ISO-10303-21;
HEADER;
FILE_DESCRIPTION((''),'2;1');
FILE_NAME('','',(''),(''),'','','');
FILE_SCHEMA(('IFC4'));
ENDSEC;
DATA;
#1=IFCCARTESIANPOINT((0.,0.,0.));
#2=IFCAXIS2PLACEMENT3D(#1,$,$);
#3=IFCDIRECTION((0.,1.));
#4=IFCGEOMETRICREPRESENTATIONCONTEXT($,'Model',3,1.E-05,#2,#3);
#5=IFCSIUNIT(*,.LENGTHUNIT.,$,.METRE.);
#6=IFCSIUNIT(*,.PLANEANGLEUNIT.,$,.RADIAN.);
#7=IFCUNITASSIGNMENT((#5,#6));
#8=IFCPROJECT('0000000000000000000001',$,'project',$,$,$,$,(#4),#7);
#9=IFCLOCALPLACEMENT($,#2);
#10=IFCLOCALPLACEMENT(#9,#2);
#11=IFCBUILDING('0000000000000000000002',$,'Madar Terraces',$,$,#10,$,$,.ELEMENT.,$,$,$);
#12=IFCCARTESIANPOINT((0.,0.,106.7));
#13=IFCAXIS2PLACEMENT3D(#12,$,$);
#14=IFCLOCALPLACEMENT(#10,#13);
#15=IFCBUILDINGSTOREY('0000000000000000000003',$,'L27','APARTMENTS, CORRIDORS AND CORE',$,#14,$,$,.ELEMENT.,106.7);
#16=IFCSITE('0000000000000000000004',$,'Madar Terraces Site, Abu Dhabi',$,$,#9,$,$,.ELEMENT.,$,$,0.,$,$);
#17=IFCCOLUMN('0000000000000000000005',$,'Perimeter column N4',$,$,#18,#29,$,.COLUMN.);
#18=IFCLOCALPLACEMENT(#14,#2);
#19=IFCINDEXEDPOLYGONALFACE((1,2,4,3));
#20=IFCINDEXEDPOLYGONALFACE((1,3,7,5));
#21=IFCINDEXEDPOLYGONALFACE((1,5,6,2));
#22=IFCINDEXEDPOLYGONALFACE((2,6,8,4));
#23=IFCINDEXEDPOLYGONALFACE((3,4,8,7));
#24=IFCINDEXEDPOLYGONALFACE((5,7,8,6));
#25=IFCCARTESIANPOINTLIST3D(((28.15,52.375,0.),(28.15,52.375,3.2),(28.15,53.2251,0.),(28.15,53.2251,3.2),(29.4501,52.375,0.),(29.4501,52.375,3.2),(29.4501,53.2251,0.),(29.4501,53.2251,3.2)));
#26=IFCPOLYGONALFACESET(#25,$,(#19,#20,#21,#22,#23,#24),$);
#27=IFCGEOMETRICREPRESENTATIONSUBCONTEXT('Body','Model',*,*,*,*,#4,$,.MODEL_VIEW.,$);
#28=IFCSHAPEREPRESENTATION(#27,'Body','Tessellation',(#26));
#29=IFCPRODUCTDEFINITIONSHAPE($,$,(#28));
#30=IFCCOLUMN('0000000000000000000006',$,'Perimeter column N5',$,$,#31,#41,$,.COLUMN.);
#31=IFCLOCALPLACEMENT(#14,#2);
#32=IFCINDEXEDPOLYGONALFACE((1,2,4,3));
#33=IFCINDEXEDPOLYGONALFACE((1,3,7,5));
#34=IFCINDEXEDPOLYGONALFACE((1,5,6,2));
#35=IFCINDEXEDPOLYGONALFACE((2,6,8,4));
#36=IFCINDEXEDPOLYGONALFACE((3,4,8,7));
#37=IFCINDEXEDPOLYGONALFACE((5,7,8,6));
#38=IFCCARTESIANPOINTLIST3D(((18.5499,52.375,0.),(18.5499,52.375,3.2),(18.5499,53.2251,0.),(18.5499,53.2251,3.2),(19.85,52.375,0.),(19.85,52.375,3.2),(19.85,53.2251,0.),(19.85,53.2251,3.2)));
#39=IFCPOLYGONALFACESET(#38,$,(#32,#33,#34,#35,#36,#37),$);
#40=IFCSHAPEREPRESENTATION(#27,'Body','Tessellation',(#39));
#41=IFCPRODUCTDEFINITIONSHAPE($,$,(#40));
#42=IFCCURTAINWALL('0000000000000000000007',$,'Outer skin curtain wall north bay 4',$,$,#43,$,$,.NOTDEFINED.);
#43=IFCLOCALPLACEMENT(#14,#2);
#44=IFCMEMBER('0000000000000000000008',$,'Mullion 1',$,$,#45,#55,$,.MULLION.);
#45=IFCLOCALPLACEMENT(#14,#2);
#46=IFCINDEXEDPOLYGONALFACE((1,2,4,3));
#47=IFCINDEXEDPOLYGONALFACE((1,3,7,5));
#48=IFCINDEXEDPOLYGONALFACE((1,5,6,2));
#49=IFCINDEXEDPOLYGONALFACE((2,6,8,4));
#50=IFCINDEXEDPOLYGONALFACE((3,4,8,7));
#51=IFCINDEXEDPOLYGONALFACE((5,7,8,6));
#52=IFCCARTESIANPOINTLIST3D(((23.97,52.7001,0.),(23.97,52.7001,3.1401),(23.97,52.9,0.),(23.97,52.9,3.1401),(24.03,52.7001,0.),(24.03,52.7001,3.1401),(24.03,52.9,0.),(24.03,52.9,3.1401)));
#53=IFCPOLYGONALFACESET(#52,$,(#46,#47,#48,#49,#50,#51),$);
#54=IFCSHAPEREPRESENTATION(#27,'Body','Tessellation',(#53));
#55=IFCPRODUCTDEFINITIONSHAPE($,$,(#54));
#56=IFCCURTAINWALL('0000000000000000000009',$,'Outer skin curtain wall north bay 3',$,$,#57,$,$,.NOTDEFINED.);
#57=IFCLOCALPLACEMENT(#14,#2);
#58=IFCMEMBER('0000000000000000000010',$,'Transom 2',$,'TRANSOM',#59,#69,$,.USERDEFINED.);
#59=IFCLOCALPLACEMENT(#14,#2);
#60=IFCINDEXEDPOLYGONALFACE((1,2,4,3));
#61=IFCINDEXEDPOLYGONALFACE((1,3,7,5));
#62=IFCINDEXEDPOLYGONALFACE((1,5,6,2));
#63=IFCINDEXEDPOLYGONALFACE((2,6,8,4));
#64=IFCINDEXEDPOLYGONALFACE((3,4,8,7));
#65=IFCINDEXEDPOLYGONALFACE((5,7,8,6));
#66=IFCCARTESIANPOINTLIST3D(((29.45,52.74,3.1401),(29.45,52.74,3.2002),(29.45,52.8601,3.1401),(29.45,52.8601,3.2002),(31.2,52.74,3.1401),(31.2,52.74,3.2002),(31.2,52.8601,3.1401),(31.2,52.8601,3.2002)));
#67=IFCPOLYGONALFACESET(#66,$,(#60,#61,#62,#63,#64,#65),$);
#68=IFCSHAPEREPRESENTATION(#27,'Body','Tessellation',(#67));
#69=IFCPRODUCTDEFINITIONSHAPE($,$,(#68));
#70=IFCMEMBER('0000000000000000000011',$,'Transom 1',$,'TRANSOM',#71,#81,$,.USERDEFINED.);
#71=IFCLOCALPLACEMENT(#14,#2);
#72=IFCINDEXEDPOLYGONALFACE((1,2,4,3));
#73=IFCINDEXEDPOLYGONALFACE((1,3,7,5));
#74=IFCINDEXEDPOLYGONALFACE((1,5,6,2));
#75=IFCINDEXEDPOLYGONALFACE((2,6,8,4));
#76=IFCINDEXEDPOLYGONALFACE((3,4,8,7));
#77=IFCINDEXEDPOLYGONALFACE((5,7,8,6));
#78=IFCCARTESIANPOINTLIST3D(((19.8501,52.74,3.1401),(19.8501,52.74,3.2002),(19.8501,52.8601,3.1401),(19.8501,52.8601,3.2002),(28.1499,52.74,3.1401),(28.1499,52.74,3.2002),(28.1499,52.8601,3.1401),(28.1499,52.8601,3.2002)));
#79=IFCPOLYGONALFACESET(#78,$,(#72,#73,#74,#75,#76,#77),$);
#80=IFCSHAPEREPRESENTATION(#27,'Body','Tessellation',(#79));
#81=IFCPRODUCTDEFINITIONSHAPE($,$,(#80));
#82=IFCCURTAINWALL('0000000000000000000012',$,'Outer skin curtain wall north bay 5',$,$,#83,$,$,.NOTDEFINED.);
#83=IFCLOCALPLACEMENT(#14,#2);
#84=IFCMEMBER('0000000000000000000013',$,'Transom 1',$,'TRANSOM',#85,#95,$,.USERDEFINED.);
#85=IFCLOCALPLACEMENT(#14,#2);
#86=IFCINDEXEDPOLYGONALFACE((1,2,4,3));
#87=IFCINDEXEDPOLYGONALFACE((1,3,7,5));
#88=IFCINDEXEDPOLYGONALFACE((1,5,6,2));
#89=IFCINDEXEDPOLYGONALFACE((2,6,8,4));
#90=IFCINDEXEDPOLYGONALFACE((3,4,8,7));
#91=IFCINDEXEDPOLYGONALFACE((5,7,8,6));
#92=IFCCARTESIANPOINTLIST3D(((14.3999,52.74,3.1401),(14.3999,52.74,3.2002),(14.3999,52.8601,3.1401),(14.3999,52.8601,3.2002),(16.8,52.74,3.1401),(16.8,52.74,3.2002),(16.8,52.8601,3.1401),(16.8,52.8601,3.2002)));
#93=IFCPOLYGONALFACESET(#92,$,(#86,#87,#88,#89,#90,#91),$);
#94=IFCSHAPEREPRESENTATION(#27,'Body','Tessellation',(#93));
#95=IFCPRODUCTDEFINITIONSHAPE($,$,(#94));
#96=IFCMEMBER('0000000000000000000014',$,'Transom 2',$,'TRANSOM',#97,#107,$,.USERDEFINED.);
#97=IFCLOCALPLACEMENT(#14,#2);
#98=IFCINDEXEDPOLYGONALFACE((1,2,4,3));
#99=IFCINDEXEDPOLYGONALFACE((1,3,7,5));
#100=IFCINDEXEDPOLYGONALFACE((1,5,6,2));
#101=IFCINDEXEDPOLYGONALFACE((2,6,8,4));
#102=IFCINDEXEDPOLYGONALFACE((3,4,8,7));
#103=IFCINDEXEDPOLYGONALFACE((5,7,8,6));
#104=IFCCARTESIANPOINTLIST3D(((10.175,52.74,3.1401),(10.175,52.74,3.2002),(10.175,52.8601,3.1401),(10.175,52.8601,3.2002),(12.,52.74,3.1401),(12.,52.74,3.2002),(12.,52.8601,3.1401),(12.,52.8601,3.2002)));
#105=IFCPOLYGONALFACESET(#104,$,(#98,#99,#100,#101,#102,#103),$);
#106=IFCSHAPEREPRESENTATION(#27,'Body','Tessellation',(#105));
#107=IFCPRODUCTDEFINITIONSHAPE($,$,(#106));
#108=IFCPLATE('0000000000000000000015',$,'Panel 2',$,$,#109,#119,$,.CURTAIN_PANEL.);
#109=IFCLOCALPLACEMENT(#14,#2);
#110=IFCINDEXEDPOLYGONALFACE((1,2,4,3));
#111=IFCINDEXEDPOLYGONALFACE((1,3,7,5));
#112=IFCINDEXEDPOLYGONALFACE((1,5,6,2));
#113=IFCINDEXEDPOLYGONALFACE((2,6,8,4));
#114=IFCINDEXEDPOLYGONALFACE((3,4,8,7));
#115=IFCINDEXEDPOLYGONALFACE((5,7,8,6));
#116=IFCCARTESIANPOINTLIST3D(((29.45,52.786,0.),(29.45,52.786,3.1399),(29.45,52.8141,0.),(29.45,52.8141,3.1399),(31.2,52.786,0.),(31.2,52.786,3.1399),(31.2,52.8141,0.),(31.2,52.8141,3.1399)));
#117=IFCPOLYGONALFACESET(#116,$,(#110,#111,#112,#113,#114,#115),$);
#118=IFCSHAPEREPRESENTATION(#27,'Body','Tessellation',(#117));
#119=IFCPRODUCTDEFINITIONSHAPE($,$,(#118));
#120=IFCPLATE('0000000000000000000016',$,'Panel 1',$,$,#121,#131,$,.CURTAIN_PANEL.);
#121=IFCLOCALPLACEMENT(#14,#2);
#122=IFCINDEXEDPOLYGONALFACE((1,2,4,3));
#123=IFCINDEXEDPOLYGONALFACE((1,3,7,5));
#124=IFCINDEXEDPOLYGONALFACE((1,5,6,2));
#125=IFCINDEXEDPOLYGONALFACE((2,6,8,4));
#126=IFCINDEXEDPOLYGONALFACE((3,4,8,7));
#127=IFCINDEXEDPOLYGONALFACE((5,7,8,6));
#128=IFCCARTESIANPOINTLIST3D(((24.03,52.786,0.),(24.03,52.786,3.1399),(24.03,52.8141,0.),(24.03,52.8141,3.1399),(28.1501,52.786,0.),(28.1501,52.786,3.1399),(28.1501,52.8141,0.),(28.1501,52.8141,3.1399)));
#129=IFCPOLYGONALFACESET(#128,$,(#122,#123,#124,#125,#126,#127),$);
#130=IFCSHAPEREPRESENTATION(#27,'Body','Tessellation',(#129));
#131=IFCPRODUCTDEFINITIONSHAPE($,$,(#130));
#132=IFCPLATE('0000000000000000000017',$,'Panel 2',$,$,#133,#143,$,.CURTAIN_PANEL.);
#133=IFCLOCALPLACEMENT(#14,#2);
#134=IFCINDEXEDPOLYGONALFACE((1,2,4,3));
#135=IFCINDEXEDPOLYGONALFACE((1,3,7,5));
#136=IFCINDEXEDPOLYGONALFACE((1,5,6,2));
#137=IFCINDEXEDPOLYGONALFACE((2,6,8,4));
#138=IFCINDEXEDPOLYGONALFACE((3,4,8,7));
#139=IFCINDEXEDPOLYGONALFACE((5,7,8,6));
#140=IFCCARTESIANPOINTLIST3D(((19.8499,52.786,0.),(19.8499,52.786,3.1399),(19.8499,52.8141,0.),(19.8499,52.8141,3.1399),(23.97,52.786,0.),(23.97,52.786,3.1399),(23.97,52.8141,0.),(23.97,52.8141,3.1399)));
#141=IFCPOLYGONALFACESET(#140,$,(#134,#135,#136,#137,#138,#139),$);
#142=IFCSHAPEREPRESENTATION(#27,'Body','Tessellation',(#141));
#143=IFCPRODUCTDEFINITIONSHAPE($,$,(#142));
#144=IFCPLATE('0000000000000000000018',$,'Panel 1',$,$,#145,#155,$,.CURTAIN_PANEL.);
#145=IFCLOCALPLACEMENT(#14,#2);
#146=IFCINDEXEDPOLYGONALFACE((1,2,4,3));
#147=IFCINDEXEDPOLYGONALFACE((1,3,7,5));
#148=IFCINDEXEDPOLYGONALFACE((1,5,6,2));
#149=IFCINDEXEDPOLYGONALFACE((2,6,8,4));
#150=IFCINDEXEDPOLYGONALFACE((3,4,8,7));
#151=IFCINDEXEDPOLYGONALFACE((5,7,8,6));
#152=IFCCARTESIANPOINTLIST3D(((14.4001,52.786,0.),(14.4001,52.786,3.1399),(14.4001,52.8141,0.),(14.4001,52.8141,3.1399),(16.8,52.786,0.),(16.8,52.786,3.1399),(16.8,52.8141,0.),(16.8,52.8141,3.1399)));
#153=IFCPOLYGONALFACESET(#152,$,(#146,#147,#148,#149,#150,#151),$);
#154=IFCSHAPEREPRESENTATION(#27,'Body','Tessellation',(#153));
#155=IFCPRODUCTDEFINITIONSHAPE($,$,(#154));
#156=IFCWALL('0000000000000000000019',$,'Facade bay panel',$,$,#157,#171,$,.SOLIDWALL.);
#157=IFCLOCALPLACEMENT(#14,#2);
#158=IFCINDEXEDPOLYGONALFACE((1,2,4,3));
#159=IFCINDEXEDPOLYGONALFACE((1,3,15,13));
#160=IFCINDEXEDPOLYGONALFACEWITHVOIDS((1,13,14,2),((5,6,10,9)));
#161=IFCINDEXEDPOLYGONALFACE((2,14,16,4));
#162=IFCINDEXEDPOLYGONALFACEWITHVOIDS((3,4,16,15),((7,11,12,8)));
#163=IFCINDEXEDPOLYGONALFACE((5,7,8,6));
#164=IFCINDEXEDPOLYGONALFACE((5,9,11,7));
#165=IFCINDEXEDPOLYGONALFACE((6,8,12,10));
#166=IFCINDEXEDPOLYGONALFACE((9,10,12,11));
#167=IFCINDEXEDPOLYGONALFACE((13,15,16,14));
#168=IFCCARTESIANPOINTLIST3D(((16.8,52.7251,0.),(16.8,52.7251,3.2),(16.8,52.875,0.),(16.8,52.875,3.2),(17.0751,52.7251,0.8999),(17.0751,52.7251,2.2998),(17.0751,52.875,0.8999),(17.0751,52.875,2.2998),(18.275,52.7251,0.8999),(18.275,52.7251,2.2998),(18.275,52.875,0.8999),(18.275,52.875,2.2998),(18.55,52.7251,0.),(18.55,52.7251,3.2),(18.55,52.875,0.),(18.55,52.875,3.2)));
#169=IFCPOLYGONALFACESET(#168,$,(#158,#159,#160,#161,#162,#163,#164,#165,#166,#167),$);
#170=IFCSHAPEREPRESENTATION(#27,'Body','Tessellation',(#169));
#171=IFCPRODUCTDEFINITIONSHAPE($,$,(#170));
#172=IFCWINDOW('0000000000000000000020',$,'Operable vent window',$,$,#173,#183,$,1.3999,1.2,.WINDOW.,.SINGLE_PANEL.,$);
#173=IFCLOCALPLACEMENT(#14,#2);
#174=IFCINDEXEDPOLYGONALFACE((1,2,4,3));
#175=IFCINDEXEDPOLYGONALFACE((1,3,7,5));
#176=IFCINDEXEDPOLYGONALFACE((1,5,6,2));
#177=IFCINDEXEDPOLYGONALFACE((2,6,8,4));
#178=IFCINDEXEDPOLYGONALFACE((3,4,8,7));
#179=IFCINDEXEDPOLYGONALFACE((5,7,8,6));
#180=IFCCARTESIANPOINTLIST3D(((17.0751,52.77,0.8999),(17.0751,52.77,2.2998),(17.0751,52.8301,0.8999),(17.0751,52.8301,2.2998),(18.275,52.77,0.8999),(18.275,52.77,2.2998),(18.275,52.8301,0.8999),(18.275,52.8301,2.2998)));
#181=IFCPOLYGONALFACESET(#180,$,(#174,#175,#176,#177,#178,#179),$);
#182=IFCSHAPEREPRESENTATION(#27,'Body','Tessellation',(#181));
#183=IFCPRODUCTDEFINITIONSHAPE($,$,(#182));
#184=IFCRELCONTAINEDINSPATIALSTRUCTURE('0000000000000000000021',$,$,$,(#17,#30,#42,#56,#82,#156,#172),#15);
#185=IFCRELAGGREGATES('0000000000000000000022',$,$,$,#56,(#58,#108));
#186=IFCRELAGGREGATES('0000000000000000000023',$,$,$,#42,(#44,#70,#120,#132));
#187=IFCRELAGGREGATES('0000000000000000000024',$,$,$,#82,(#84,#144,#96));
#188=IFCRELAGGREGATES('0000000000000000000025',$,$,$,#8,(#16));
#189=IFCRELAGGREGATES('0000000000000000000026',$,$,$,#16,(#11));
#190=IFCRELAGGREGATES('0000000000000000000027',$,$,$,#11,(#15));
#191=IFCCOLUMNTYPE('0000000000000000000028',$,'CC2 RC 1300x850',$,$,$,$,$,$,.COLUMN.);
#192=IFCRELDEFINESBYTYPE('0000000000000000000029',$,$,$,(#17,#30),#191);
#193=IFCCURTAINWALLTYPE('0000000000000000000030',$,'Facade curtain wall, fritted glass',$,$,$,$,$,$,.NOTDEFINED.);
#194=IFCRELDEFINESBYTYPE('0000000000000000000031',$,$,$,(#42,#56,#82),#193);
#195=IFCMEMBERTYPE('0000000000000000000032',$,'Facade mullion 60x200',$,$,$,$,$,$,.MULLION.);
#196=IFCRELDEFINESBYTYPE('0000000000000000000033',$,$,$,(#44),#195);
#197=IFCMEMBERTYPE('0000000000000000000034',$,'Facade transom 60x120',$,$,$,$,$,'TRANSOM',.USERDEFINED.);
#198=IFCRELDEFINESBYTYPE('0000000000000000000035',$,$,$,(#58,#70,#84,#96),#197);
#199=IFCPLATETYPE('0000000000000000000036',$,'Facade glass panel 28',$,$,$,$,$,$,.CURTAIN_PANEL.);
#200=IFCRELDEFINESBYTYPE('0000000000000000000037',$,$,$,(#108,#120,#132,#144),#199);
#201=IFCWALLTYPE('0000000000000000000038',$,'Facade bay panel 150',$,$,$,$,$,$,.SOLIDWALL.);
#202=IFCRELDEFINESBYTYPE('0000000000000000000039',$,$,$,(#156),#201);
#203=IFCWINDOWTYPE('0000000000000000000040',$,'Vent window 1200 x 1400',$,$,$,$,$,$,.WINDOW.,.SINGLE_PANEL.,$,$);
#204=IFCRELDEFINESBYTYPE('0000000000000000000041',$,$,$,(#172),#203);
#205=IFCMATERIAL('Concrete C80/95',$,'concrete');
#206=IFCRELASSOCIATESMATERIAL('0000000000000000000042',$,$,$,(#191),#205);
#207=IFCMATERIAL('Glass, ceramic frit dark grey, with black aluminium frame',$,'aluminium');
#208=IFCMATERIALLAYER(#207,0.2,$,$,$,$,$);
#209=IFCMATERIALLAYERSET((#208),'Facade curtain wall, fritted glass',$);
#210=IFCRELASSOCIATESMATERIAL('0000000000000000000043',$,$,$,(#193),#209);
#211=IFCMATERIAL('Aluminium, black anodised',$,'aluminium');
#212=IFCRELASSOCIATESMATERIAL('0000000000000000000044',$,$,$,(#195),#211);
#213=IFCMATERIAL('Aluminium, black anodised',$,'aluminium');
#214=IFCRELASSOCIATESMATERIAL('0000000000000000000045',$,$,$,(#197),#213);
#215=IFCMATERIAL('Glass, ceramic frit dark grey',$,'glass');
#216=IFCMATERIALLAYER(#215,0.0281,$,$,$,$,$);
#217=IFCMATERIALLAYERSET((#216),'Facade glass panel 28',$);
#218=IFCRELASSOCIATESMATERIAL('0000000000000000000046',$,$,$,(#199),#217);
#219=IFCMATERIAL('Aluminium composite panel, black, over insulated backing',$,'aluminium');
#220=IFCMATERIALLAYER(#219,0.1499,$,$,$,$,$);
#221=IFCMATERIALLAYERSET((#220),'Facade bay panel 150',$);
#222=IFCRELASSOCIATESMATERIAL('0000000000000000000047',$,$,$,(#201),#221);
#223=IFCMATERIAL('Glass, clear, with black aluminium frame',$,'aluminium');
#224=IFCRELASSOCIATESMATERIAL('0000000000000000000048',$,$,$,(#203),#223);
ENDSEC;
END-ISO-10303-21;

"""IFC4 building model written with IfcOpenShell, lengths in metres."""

from ifc_helpers import new_model, si_unit, direction, frame, frame_2d, origin, origin_2d, place, context, subcontext, project, spatial, rectangle, extrude, material, layer, layer_set, material_profile, profile_set, type_object, element, fill, aggregate, save


model = new_model("IFC4")

# Units and contexts
model_context = context("Model", 3, precision=1e-05, world=origin(), true_north=direction((0.0, 1.0)))
body_context = subcontext(model_context, "Body", "Model", "MODEL_VIEW")
ifc_project = project(units=[si_unit("LENGTHUNIT", "METRE"), si_unit("PLANEANGLEUNIT", "RADIAN")], contexts=[model_context])

# Site, building, storey
site_placement = place(None, origin())
site = spatial("IfcSite", under=ifc_project, at=site_placement, Name="Madar Terraces Site, Abu Dhabi", CompositionType="ELEMENT", RefElevation=0.0)
building_placement = place(site_placement, origin())
building = spatial("IfcBuilding", under=site, at=building_placement, Name="Madar Terraces", CompositionType="ELEMENT")
storey_placement = place(building_placement, frame((0.0, 0.0, 106.7)))
storey = spatial("IfcBuildingStorey", under=building, at=storey_placement, Name="L27", Description="APARTMENTS, CORRIDORS AND CORE", CompositionType="ELEMENT", Elevation=106.7)

# Columns
ifc_material_1 = material(Name="Concrete C80/95", Category="concrete")
ifc_material_profile_1 = material_profile(ifc_material_1, rectangle(XDim=1.3, YDim=0.8501, at=origin_2d()), Name="CC2 RC 1300x850")
ifc_profile_set_1 = profile_set([ifc_material_profile_1], Name="Concrete C80/95")
column_type = type_object("IfcColumnType", Name="CC2 RC 1300x850", PredefinedType="COLUMN", material=ifc_profile_set_1)
for number, where, z_axis, x_axis, name in (
    (1, (28.8, 52.8, 0.0), (0.0, 0.0, 1.0), (1.0, 0.0, 0.0), "Perimeter column N4"),
    (2, (19.2, 52.8, 0.0), (0.0, 0.0, 1.0), (1.0, 0.0, 0.0), "Perimeter column N5"),
):
    element("IfcColumn", number, at=place(storey_placement, frame(where, z_axis=z_axis, x_axis=x_axis)), inside=storey, type_object=column_type, Name=name, PredefinedType="COLUMN", context=body_context, shape_type="SweptSolid", body=[
        extrude(rectangle(XDim=1.3, YDim=0.8501, at=origin_2d()), origin(), (0.0, 0.0, 1.0), 3.2),
    ])

# Curtain walls, members
ifc_material_2 = material(Name="Glass, ceramic frit dark grey, with black aluminium frame", Category="aluminium")
ifc_layer_1 = layer(ifc_material_2, 0.2)
ifc_layer_set_1 = layer_set([ifc_layer_1], Name="Facade curtain wall, fritted glass")
curtain_wall_type = type_object("IfcCurtainWallType", Name="Facade curtain wall, fritted glass", PredefinedType="NOTDEFINED", material=ifc_layer_set_1)
curtain_wall_1_placement = place(storey_placement, origin())
curtain_wall_1 = element("IfcCurtainWall", 3, at=curtain_wall_1_placement, inside=storey, type_object=curtain_wall_type, Name="Outer skin curtain wall north bay 4", PredefinedType="NOTDEFINED")
ifc_material_3 = material(Name="Aluminium, black anodised", Category="aluminium")
ifc_material_profile_2 = material_profile(ifc_material_3, rectangle(XDim=0.2, YDim=0.0601, at=origin_2d()), Name="Facade mullion 60x200")
ifc_profile_set_2 = profile_set([ifc_material_profile_2], Name="Aluminium, black anodised")
member_type_1 = type_object("IfcMemberType", Name="Facade mullion 60x200", PredefinedType="MULLION", material=ifc_profile_set_2)
member_1_placement = place(storey_placement, frame((24.0, 52.8, 0.0), z_axis=(0.0, 0.0, 1.0), x_axis=(0.0, -1.0, 0.0)))
member_1 = element("IfcMember", 4, at=member_1_placement, type_object=member_type_1, Name="Mullion 1", PredefinedType="MULLION", context=body_context, shape_type="SweptSolid", body=[
    extrude(rectangle(XDim=0.2, YDim=0.0601, at=origin_2d()), origin(), (0.0, 0.0, 1.0), 3.1401),
])
curtain_wall_2_placement = place(storey_placement, origin())
curtain_wall_2 = element("IfcCurtainWall", 5, at=curtain_wall_2_placement, inside=storey, type_object=curtain_wall_type, Name="Outer skin curtain wall north bay 3", PredefinedType="NOTDEFINED")
ifc_material_4 = material(Name="Aluminium, black anodised", Category="aluminium")
ifc_material_profile_3 = material_profile(ifc_material_4, rectangle(XDim=0.1201, YDim=0.0601, at=origin_2d()), Name="Facade transom 60x120")
ifc_profile_set_3 = profile_set([ifc_material_profile_3], Name="Aluminium, black anodised")
member_type_2 = type_object("IfcMemberType", Name="Facade transom 60x120", ElementType="TRANSOM", PredefinedType="USERDEFINED", material=ifc_profile_set_3)
member_2_placement = place(storey_placement, frame((31.2, 52.8, 3.1702), z_axis=(-1.0, 0.0, 0.0), x_axis=(0.0, -1.0, 0.0)))
member_2 = element("IfcMember", 6, at=member_2_placement, type_object=member_type_2, Name="Transom 2", ObjectType="TRANSOM", PredefinedType="USERDEFINED", context=body_context, shape_type="SweptSolid", body=[
    extrude(rectangle(XDim=0.1201, YDim=0.0601, at=origin_2d()), origin(), (0.0, 0.0, 1.0), 1.75),
])

# Member
member_3_placement = place(storey_placement, frame((28.1499, 52.8, 3.1702), z_axis=(-1.0, 0.0, 0.0), x_axis=(0.0, -1.0, 0.0)))
member_3 = element("IfcMember", 7, at=member_3_placement, type_object=member_type_2, Name="Transom 1", ObjectType="TRANSOM", PredefinedType="USERDEFINED", context=body_context, shape_type="SweptSolid", body=[
    extrude(rectangle(XDim=0.1201, YDim=0.0601, at=origin_2d()), origin(), (0.0, 0.0, 1.0), 8.2998),
])

# Curtain wall, members
curtain_wall_3_placement = place(storey_placement, origin())
curtain_wall_3 = element("IfcCurtainWall", 8, at=curtain_wall_3_placement, inside=storey, type_object=curtain_wall_type, Name="Outer skin curtain wall north bay 5", PredefinedType="NOTDEFINED")
member_4_placement = place(storey_placement, frame((16.8, 52.8, 3.1702), z_axis=(-1.0, 0.0, 0.0), x_axis=(0.0, -1.0, 0.0)))
member_4 = element("IfcMember", 9, at=member_4_placement, type_object=member_type_2, Name="Transom 1", ObjectType="TRANSOM", PredefinedType="USERDEFINED", context=body_context, shape_type="SweptSolid", body=[
    extrude(rectangle(XDim=0.1201, YDim=0.0601, at=origin_2d()), origin(), (0.0, 0.0, 1.0), 2.4001),
])
member_5_placement = place(storey_placement, frame((12.0, 52.8, 3.1702), z_axis=(-1.0, 0.0, 0.0), x_axis=(0.0, -1.0, 0.0)))
member_5 = element("IfcMember", 10, at=member_5_placement, type_object=member_type_2, Name="Transom 2", ObjectType="TRANSOM", PredefinedType="USERDEFINED", context=body_context, shape_type="SweptSolid", body=[
    extrude(rectangle(XDim=0.1201, YDim=0.0601, at=origin_2d()), origin(), (0.0, 0.0, 1.0), 1.825),
])

# Plates
ifc_material_5 = material(Name="Glass, ceramic frit dark grey", Category="glass")
ifc_layer_2 = layer(ifc_material_5, 0.0281)
ifc_layer_set_2 = layer_set([ifc_layer_2], Name="Facade glass panel 28")
plate_type = type_object("IfcPlateType", Name="Facade glass panel 28", PredefinedType="CURTAIN_PANEL", material=ifc_layer_set_2)
plate_1_placement = place(storey_placement, frame((30.325, 52.8, 0.0), z_axis=(0.0, 0.0, 1.0), x_axis=(-1.0, 0.0, 0.0)))
plate_1 = element("IfcPlate", 11, at=plate_1_placement, type_object=plate_type, Name="Panel 2", PredefinedType="CURTAIN_PANEL", context=body_context, shape_type="SweptSolid", body=[
    extrude(rectangle(XDim=1.75, YDim=0.0281, at=origin_2d()), origin(), (0.0, 0.0, 1.0), 3.1399),
])
aggregate(curtain_wall_2, [member_2, plate_1])
plate_2_placement = place(storey_placement, frame((26.0901, 52.8, 0.0), z_axis=(0.0, 0.0, 1.0), x_axis=(-1.0, 0.0, 0.0)))
plate_2 = element("IfcPlate", 12, at=plate_2_placement, type_object=plate_type, Name="Panel 1", PredefinedType="CURTAIN_PANEL", context=body_context, shape_type="SweptSolid", body=[
    extrude(rectangle(XDim=4.1201, YDim=0.0281, at=origin_2d()), origin(), (0.0, 0.0, 1.0), 3.1399),
])
plate_3_placement = place(storey_placement, frame((21.9099, 52.8, 0.0), z_axis=(0.0, 0.0, 1.0), x_axis=(-1.0, 0.0, 0.0)))
plate_3 = element("IfcPlate", 13, at=plate_3_placement, type_object=plate_type, Name="Panel 2", PredefinedType="CURTAIN_PANEL", context=body_context, shape_type="SweptSolid", body=[
    extrude(rectangle(XDim=4.1201, YDim=0.0281, at=origin_2d()), origin(), (0.0, 0.0, 1.0), 3.1399),
])
aggregate(curtain_wall_1, [member_1, member_3, plate_2, plate_3])
plate_4_placement = place(storey_placement, frame((15.6001, 52.8, 0.0), z_axis=(0.0, 0.0, 1.0), x_axis=(-1.0, 0.0, 0.0)))
plate_4 = element("IfcPlate", 14, at=plate_4_placement, type_object=plate_type, Name="Panel 1", PredefinedType="CURTAIN_PANEL", context=body_context, shape_type="SweptSolid", body=[
    extrude(rectangle(XDim=2.3999, YDim=0.0281, at=origin_2d()), origin(), (0.0, 0.0, 1.0), 3.1399),
])
aggregate(curtain_wall_3, [member_4, plate_4, member_5])

# Wall, opening, window
ifc_material_6 = material(Name="Aluminium composite panel, black, over insulated backing", Category="aluminium")
ifc_layer_3 = layer(ifc_material_6, 0.1499)
ifc_layer_set_3 = layer_set([ifc_layer_3], Name="Facade bay panel 150")
wall_type_1 = type_object("IfcWallType", Name="Facade bay panel 150", PredefinedType="SOLIDWALL", material=ifc_layer_set_3)
wall_1_placement = place(storey_placement, frame((18.55, 52.8, 0.0), z_axis=(0.0, 0.0, 1.0), x_axis=(-1.0, 0.0, 0.0)))
wall_1 = element("IfcWall", 15, at=wall_1_placement, inside=storey, type_object=wall_type_1, Name="Facade bay panel", PredefinedType="SOLIDWALL", context=body_context, shape_type="SweptSolid", body=[
    extrude(rectangle(XDim=1.75, YDim=0.1499, at=frame_2d((0.875, 0.0))), origin(), (0.0, 0.0, 1.0), 3.2),
])
opening_1_placement = place(wall_1_placement, frame((0.2749, 0.0, 0.8999)))
opening_1 = element("IfcOpeningElement", 16, at=opening_1_placement, cuts=wall_1, PredefinedType="OPENING", context=body_context, shape_type="SweptSolid", body=[
    extrude(rectangle(XDim=1.2, YDim=1.3999, at=frame_2d((0.6001, 0.7))), frame((0.0, 0.085, 0.0), z_axis=(0.0, -1.0, 0.0), x_axis=(1.0, 0.0, 0.0)), (0.0, 0.0, 1.0), 0.1699),
])
ifc_material_7 = material(Name="Glass, clear, with black aluminium frame", Category="aluminium")
window_type = type_object("IfcWindowType", Name="Vent window 1200 x 1400", PartitioningType="SINGLE_PANEL", PredefinedType="WINDOW", material=ifc_material_7)
window_placement = place(opening_1_placement, origin())
window = element("IfcWindow", 17, at=window_placement, inside=storey, type_object=window_type, Name="Operable vent window", OverallHeight=1.3999, OverallWidth=1.2, PartitioningType="SINGLE_PANEL", PredefinedType="WINDOW", context=body_context, shape_type="SweptSolid", body=[
    extrude(rectangle(XDim=1.2, YDim=1.3999, at=frame_2d((0.6001, 0.7))), frame((0.0, 0.03, 0.0), z_axis=(0.0, -1.0, 0.0), x_axis=(1.0, 0.0, 0.0)), (0.0, 0.0, 1.0), 0.0601),
])
fill(opening_1, window)

save(model, "model.ifc")
